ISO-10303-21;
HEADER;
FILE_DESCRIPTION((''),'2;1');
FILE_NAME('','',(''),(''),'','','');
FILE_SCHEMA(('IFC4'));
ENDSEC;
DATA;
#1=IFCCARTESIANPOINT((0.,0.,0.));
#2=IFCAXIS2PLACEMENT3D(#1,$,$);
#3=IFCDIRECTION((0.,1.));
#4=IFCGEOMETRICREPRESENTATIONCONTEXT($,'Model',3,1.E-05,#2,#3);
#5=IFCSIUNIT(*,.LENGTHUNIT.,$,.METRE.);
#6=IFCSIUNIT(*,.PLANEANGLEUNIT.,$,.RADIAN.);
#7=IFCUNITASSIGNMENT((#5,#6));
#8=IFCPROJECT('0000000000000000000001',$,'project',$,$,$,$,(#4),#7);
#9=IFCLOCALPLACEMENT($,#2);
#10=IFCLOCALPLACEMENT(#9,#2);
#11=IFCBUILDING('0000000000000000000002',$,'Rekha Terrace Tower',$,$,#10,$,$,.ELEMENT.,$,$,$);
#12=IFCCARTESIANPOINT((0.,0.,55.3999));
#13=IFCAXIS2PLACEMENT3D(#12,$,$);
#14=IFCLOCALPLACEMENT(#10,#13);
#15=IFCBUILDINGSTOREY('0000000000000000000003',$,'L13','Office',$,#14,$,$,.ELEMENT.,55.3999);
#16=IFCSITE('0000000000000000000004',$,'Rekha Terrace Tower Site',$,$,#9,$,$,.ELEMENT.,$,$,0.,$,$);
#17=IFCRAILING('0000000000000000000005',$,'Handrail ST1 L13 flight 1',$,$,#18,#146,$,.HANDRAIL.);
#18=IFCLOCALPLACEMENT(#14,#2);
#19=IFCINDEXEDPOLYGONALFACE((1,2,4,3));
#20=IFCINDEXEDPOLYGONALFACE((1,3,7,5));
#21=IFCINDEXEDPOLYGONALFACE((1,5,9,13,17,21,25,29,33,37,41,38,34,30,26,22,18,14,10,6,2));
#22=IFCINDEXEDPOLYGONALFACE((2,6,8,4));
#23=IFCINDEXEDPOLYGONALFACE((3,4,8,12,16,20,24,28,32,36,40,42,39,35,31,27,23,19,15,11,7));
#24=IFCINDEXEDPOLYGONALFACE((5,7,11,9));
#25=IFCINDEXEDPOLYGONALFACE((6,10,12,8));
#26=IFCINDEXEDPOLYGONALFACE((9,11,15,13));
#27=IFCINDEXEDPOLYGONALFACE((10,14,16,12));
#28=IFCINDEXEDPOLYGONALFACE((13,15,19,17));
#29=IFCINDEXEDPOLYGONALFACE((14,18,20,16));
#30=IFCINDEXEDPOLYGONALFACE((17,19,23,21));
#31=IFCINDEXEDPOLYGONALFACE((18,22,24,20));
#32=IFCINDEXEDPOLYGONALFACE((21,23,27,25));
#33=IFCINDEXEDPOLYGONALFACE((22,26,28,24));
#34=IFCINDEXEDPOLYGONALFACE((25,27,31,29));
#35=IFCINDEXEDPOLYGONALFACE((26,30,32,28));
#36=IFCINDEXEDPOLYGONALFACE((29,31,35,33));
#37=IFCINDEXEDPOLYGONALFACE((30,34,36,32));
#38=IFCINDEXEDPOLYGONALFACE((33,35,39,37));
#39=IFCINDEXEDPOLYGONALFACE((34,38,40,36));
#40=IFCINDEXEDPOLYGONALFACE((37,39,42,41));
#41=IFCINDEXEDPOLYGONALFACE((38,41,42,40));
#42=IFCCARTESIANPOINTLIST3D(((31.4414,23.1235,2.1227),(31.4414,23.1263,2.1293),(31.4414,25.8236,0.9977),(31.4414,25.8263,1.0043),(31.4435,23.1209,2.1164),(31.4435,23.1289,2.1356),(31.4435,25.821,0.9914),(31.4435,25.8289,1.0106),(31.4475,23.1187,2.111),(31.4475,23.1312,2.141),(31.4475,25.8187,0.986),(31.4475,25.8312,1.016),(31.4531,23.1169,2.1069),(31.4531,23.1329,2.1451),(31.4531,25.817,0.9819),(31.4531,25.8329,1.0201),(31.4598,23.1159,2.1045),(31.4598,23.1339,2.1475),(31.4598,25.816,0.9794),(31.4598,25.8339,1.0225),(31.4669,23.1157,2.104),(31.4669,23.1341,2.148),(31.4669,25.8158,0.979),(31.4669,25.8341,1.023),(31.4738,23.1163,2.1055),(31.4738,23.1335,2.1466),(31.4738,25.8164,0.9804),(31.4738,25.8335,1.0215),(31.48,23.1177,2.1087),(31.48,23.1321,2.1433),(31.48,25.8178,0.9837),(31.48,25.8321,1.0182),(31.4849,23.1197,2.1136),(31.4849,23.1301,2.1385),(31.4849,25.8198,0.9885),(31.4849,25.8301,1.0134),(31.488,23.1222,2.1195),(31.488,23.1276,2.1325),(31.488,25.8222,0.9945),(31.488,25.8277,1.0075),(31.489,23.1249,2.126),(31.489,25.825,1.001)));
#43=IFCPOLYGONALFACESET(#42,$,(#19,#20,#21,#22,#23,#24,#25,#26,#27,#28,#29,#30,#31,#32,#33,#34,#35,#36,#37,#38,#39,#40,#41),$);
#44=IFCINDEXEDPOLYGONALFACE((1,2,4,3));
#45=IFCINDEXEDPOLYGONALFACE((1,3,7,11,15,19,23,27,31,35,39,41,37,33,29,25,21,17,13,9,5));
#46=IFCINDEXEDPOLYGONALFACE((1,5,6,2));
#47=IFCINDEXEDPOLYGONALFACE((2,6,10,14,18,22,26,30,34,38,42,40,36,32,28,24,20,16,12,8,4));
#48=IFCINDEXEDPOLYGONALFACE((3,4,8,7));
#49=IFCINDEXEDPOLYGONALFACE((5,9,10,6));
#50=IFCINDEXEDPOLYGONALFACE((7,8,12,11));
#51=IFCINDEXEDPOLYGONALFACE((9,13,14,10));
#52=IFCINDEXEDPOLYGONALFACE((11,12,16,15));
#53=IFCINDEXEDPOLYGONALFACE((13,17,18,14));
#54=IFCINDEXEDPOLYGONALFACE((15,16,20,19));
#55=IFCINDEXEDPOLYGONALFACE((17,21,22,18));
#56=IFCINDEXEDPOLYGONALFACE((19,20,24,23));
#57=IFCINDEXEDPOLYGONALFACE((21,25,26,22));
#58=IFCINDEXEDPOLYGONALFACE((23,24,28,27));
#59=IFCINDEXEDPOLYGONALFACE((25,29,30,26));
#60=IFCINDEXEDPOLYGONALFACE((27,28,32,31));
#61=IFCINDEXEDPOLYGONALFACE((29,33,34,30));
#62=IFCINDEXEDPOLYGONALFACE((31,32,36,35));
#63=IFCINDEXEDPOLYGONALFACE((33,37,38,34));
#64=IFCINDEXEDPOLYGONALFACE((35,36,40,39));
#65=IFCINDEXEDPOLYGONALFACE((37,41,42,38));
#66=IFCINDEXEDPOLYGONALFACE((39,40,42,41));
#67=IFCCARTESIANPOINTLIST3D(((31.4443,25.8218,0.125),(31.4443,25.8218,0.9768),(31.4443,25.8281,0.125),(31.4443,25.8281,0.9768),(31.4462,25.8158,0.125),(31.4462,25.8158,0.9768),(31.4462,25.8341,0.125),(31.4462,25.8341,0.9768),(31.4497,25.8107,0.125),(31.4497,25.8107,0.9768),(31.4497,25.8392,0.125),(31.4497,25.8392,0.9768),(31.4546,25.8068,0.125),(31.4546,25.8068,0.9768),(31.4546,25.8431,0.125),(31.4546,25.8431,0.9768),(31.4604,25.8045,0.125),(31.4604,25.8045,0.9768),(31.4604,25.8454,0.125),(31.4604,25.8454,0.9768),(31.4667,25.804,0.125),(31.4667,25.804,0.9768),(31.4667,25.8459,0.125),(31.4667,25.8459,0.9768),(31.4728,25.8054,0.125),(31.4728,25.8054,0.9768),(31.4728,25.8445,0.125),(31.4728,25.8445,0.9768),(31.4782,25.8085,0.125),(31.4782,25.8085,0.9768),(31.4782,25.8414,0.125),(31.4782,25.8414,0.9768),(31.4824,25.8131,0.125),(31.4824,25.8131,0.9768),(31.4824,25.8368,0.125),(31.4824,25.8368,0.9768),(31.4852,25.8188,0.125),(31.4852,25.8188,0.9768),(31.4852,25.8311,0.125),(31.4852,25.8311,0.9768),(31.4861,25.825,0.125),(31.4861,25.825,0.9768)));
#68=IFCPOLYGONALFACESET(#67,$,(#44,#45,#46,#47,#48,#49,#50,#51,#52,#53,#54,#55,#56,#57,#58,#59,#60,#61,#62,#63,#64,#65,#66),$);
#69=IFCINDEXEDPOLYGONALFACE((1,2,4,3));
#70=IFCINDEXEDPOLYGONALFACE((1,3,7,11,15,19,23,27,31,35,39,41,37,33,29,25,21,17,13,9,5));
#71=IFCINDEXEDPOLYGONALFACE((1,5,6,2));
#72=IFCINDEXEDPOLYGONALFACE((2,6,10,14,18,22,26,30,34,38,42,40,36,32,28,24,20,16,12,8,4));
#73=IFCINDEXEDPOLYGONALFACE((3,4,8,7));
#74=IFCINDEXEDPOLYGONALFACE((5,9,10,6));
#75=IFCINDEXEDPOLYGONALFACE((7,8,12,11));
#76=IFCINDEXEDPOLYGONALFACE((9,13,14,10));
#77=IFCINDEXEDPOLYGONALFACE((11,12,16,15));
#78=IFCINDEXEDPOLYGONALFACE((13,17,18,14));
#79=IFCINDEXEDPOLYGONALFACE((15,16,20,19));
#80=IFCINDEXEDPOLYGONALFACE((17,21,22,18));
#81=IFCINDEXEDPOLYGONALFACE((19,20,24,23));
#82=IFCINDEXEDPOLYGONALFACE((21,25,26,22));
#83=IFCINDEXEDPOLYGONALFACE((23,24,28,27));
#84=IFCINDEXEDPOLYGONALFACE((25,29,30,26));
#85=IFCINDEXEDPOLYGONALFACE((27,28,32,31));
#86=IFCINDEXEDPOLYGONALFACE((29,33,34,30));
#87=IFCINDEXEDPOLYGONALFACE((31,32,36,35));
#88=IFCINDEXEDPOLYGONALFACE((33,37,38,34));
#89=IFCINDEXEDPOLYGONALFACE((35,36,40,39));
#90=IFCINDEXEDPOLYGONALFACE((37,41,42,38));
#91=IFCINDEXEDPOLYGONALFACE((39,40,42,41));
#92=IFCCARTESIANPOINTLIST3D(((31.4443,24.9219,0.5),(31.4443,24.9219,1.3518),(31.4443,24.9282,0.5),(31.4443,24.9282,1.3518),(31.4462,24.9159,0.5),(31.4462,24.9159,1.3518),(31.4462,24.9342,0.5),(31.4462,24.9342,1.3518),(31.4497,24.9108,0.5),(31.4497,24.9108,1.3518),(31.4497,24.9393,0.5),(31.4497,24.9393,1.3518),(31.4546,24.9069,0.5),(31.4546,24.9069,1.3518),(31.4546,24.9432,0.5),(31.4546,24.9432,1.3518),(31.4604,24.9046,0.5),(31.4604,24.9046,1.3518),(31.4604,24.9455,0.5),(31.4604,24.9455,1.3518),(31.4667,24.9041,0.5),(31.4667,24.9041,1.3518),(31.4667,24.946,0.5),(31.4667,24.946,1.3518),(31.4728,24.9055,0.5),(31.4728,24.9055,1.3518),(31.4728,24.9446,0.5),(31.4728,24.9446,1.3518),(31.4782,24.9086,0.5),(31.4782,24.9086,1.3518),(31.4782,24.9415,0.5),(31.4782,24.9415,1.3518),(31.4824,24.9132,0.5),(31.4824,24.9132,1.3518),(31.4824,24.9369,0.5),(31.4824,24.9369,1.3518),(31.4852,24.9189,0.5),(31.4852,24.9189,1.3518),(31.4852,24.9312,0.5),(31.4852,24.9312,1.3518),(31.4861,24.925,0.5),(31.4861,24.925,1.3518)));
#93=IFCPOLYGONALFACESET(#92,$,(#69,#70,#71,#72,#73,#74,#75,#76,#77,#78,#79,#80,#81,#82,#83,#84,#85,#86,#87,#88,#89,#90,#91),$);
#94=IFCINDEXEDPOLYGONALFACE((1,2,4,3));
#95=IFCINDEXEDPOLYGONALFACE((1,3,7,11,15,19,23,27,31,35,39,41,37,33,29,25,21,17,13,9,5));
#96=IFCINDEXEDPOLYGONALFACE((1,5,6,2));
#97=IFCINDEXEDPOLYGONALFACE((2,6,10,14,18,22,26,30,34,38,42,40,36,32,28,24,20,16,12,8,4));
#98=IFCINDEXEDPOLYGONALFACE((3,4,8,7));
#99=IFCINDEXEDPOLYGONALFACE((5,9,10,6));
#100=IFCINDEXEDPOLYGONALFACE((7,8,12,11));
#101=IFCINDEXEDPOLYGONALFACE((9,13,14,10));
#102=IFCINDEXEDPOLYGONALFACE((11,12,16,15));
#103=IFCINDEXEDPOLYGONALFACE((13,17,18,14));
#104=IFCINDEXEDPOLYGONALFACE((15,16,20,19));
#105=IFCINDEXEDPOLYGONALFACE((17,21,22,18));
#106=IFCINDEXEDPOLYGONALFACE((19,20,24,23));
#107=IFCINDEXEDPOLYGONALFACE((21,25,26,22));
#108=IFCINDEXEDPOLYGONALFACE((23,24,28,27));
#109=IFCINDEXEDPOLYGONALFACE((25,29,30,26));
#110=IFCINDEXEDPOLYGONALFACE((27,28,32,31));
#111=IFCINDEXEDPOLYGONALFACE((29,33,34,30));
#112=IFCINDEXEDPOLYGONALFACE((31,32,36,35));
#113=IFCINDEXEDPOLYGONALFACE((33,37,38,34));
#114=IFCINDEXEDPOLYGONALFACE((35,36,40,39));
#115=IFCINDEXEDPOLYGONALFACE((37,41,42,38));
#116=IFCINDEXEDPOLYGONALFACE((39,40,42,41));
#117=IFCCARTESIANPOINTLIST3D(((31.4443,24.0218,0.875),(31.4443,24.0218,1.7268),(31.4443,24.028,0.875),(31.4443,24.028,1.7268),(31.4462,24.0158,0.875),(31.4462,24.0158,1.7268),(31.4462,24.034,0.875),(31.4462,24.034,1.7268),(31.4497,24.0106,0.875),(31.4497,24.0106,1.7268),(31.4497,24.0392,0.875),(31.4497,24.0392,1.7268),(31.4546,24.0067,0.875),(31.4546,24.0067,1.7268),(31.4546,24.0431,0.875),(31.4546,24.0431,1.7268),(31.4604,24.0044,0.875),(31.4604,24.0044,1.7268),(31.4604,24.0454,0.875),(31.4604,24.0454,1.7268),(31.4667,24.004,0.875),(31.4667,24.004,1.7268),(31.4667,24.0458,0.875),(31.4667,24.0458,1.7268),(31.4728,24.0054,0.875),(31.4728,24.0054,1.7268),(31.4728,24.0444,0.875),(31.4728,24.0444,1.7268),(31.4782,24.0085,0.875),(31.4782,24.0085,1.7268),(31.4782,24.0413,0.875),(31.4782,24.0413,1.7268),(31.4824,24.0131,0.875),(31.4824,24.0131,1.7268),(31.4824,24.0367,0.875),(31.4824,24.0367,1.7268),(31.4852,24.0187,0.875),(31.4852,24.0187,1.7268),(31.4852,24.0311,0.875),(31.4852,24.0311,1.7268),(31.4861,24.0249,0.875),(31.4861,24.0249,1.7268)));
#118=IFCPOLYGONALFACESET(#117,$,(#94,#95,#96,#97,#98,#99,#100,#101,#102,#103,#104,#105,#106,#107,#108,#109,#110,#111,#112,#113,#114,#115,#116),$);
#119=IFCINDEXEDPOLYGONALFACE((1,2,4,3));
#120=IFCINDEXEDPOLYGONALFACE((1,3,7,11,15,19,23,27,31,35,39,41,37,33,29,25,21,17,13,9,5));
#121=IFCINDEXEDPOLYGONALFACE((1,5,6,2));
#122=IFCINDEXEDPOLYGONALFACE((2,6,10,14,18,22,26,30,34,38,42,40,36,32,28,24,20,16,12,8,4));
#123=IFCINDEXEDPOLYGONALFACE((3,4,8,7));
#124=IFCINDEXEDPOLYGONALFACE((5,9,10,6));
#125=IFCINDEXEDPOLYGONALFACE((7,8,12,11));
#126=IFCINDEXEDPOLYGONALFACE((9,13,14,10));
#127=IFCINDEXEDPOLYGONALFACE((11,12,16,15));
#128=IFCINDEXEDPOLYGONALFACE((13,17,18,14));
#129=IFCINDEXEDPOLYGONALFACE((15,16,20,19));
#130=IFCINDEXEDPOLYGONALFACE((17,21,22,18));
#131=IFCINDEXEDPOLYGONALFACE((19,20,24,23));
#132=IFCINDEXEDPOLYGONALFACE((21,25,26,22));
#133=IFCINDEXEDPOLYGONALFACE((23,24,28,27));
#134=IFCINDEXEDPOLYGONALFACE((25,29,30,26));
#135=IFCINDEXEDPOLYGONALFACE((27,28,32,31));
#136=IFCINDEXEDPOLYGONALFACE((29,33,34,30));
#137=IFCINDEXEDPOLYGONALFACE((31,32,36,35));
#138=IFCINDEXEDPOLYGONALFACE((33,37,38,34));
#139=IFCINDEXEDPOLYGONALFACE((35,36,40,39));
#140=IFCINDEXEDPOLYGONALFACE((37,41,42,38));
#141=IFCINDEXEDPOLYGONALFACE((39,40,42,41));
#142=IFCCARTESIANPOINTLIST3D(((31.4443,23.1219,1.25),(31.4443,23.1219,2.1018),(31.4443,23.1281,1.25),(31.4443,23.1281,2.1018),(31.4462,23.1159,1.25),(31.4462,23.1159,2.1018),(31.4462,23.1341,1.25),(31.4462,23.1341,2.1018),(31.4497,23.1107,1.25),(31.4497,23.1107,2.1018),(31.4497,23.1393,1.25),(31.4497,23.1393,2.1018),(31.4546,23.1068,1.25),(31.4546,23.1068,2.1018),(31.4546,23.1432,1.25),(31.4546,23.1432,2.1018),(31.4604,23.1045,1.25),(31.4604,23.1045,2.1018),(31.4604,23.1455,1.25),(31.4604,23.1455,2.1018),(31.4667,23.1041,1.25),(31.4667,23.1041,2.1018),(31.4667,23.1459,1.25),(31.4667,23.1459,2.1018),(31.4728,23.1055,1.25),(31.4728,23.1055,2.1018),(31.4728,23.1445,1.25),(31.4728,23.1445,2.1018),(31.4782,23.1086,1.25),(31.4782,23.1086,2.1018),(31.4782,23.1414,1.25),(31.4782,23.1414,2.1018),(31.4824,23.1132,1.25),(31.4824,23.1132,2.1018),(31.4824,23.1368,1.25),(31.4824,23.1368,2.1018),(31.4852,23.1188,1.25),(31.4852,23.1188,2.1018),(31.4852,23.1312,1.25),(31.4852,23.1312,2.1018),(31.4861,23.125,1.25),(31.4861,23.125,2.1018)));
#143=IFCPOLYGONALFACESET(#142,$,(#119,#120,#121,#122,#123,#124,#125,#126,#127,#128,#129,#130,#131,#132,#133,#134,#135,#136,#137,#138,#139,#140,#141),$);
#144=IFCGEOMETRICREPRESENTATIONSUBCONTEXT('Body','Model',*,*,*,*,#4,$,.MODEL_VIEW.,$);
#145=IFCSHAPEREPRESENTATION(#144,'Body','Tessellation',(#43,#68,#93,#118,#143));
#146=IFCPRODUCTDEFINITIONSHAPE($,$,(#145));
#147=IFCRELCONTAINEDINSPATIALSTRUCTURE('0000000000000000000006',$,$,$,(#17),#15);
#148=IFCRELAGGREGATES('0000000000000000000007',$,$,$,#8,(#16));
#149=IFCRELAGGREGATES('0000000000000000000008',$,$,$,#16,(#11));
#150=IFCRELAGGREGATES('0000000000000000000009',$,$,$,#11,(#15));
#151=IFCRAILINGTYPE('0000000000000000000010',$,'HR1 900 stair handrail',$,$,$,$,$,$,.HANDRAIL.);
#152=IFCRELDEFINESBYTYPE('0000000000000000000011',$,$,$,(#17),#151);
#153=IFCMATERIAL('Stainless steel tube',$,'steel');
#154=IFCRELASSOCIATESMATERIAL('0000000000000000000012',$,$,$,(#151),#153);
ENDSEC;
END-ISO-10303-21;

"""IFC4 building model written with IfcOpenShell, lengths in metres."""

from ifc_helpers import new_model, si_unit, direction, frame, origin, origin_2d, place, context, subcontext, project, spatial, circle, extrude, material, type_object, element, save


model = new_model("IFC4")

# Units and contexts
model_context = context("Model", 3, precision=1e-05, world=origin(), true_north=direction((0.0, 1.0)))
body_context = subcontext(model_context, "Body", "Model", "MODEL_VIEW")
ifc_project = project(units=[si_unit("LENGTHUNIT", "METRE"), si_unit("PLANEANGLEUNIT", "RADIAN")], contexts=[model_context])

# Site, building, storey
site_placement = place(None, origin())
site = spatial("IfcSite", under=ifc_project, at=site_placement, Name="Rekha Terrace Tower Site", CompositionType="ELEMENT", RefElevation=0.0)
building_placement = place(site_placement, origin())
building = spatial("IfcBuilding", under=site, at=building_placement, Name="Rekha Terrace Tower", CompositionType="ELEMENT")
storey_placement = place(building_placement, frame((0.0, 0.0, 55.3999)))
storey = spatial("IfcBuildingStorey", under=building, at=storey_placement, Name="L13", Description="Office", CompositionType="ELEMENT", Elevation=55.3999)

# Railing
ifc_material_1 = material(Name="Stainless steel tube", Category="steel")
railing_type_1 = type_object("IfcRailingType", Name="HR1 900 stair handrail", PredefinedType="HANDRAIL", material=ifc_material_1)
railing_1_placement = place(storey_placement, frame((31.4651, 25.825, 0.125)))
element("IfcRailing", 1, at=railing_1_placement, inside=storey, type_object=railing_type_1, Name="Handrail ST1 L13 flight 1", PredefinedType="HANDRAIL", context=body_context, shape_type="SweptSolid", body=[
    extrude(circle(Radius=0.0239, at=origin_2d()), frame((0.0, 0.0, 0.876), z_axis=(0.0, -0.923074, 0.384621), x_axis=(1.0, 0.0, 0.0)), (0.0, 0.0, 1.0), 2.925),
    extrude(circle(Radius=0.021, at=origin_2d()), origin(), (0.0, 0.0, 1.0), 0.8518),
    extrude(circle(Radius=0.021, at=origin_2d()), frame((0.0, -0.8999, 0.375)), (0.0, 0.0, 1.0), 0.8518),
    extrude(circle(Radius=0.021, at=origin_2d()), frame((0.0, -1.8, 0.75)), (0.0, 0.0, 1.0), 0.8518),
    extrude(circle(Radius=0.021, at=origin_2d()), frame((0.0, -2.7, 1.125)), (0.0, 0.0, 1.0), 0.8518),
])

save(model, "model.ifc")
